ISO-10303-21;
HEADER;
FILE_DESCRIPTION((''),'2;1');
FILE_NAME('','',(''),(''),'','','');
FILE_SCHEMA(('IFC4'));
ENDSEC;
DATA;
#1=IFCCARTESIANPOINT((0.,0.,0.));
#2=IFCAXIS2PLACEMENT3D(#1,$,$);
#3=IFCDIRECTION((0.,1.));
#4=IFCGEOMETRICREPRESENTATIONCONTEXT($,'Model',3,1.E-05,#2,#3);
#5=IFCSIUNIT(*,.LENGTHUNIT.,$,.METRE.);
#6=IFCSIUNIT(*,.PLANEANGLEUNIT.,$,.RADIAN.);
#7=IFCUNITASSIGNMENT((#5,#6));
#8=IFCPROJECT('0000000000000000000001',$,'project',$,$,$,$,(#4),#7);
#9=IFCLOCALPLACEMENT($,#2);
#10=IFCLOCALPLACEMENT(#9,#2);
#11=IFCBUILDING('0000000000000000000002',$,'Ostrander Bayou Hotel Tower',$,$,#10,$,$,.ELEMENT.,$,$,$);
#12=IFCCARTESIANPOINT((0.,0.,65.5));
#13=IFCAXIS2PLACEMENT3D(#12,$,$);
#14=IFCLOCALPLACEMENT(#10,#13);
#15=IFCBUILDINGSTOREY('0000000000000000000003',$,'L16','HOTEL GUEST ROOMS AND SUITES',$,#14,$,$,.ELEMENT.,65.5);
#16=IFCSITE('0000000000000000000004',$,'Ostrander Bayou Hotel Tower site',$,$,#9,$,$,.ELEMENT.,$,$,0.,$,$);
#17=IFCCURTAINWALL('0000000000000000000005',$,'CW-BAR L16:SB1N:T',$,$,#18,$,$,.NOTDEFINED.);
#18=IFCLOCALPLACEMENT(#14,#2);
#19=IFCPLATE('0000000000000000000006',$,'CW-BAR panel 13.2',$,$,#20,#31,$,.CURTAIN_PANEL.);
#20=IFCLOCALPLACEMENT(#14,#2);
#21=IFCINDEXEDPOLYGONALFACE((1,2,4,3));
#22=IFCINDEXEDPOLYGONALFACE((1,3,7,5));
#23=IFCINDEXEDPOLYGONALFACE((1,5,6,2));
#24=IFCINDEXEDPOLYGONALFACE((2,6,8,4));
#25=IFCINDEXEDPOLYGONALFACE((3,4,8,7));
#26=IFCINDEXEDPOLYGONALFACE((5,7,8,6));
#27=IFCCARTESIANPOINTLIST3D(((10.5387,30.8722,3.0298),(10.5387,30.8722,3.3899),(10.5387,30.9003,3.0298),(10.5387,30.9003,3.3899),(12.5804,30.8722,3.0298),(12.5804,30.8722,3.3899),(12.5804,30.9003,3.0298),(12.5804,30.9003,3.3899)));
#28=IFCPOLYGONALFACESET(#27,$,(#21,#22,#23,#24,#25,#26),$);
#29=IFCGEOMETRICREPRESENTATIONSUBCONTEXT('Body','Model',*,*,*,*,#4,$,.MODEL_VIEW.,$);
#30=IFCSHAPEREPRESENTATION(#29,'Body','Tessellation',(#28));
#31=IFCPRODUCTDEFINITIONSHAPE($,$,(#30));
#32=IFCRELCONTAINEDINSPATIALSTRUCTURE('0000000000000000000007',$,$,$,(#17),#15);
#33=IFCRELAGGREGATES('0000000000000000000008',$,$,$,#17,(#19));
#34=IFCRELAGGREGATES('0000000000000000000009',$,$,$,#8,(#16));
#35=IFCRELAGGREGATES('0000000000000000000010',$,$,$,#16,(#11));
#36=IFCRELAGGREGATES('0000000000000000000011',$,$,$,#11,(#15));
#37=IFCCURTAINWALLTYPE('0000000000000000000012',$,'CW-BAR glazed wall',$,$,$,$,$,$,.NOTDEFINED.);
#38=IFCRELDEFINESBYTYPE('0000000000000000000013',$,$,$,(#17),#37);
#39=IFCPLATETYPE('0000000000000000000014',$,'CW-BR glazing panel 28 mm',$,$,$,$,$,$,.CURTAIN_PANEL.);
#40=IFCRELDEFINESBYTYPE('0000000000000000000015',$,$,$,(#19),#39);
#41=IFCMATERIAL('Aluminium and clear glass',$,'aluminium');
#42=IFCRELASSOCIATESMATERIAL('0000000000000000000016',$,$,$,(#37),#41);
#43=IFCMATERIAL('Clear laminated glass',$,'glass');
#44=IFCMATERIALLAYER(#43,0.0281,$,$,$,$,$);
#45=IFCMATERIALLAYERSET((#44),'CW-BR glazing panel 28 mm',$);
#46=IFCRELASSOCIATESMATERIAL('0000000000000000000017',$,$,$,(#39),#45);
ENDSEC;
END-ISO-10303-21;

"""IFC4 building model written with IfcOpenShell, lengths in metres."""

from ifc_helpers import new_model, si_unit, direction, frame, origin, origin_2d, place, context, subcontext, project, spatial, rectangle, extrude, material, layer, layer_set, type_object, element, aggregate, save


model = new_model("IFC4")

# Units and contexts
model_context = context("Model", 3, precision=1e-05, world=origin(), true_north=direction((0.0, 1.0)))
body_context = subcontext(model_context, "Body", "Model", "MODEL_VIEW")
ifc_project = project(units=[si_unit("LENGTHUNIT", "METRE"), si_unit("PLANEANGLEUNIT", "RADIAN")], contexts=[model_context])

# Site, building, storey
site_placement = place(None, origin())
site = spatial("IfcSite", under=ifc_project, at=site_placement, Name="Ostrander Bayou Hotel Tower site", CompositionType="ELEMENT", RefElevation=0.0)
building_placement = place(site_placement, origin())
building = spatial("IfcBuilding", under=site, at=building_placement, Name="Ostrander Bayou Hotel Tower", CompositionType="ELEMENT")
storey_placement = place(building_placement, frame((0.0, 0.0, 65.5)))
storey = spatial("IfcBuildingStorey", under=building, at=storey_placement, Name="L16", Description="HOTEL GUEST ROOMS AND SUITES", CompositionType="ELEMENT", Elevation=65.5)

# Curtain wall, plate
ifc_material_1 = material(Name="Aluminium and clear glass", Category="aluminium")
curtain_wall_type = type_object("IfcCurtainWallType", Name="CW-BAR glazed wall", PredefinedType="NOTDEFINED", material=ifc_material_1)
curtain_wall_placement = place(storey_placement, origin())
curtain_wall = element("IfcCurtainWall", 1, at=curtain_wall_placement, inside=storey, type_object=curtain_wall_type, Name="CW-BAR L16:SB1N:T", PredefinedType="NOTDEFINED")
ifc_material_2 = material(Name="Clear laminated glass", Category="glass")
ifc_layer_1 = layer(ifc_material_2, 0.0281)
ifc_layer_set_1 = layer_set([ifc_layer_1], Name="CW-BR glazing panel 28 mm")
plate_type = type_object("IfcPlateType", Name="CW-BR glazing panel 28 mm", PredefinedType="CURTAIN_PANEL", material=ifc_layer_set_1)
plate_1_placement = place(storey_placement, frame((11.5596, 30.8862, 3.0298), z_axis=(0.0, 0.0, 1.0), x_axis=(1.0, 0.0, 0.0)))
plate_1 = element("IfcPlate", 2, at=plate_1_placement, type_object=plate_type, Name="CW-BAR panel 13.2", PredefinedType="CURTAIN_PANEL", context=body_context, shape_type="SweptSolid", body=[
    extrude(rectangle(XDim=2.0417, YDim=0.0281, at=origin_2d()), origin(), (0.0, 0.0, 1.0), 0.3601),
])
aggregate(curtain_wall, [plate_1])

save(model, "model.ifc")
